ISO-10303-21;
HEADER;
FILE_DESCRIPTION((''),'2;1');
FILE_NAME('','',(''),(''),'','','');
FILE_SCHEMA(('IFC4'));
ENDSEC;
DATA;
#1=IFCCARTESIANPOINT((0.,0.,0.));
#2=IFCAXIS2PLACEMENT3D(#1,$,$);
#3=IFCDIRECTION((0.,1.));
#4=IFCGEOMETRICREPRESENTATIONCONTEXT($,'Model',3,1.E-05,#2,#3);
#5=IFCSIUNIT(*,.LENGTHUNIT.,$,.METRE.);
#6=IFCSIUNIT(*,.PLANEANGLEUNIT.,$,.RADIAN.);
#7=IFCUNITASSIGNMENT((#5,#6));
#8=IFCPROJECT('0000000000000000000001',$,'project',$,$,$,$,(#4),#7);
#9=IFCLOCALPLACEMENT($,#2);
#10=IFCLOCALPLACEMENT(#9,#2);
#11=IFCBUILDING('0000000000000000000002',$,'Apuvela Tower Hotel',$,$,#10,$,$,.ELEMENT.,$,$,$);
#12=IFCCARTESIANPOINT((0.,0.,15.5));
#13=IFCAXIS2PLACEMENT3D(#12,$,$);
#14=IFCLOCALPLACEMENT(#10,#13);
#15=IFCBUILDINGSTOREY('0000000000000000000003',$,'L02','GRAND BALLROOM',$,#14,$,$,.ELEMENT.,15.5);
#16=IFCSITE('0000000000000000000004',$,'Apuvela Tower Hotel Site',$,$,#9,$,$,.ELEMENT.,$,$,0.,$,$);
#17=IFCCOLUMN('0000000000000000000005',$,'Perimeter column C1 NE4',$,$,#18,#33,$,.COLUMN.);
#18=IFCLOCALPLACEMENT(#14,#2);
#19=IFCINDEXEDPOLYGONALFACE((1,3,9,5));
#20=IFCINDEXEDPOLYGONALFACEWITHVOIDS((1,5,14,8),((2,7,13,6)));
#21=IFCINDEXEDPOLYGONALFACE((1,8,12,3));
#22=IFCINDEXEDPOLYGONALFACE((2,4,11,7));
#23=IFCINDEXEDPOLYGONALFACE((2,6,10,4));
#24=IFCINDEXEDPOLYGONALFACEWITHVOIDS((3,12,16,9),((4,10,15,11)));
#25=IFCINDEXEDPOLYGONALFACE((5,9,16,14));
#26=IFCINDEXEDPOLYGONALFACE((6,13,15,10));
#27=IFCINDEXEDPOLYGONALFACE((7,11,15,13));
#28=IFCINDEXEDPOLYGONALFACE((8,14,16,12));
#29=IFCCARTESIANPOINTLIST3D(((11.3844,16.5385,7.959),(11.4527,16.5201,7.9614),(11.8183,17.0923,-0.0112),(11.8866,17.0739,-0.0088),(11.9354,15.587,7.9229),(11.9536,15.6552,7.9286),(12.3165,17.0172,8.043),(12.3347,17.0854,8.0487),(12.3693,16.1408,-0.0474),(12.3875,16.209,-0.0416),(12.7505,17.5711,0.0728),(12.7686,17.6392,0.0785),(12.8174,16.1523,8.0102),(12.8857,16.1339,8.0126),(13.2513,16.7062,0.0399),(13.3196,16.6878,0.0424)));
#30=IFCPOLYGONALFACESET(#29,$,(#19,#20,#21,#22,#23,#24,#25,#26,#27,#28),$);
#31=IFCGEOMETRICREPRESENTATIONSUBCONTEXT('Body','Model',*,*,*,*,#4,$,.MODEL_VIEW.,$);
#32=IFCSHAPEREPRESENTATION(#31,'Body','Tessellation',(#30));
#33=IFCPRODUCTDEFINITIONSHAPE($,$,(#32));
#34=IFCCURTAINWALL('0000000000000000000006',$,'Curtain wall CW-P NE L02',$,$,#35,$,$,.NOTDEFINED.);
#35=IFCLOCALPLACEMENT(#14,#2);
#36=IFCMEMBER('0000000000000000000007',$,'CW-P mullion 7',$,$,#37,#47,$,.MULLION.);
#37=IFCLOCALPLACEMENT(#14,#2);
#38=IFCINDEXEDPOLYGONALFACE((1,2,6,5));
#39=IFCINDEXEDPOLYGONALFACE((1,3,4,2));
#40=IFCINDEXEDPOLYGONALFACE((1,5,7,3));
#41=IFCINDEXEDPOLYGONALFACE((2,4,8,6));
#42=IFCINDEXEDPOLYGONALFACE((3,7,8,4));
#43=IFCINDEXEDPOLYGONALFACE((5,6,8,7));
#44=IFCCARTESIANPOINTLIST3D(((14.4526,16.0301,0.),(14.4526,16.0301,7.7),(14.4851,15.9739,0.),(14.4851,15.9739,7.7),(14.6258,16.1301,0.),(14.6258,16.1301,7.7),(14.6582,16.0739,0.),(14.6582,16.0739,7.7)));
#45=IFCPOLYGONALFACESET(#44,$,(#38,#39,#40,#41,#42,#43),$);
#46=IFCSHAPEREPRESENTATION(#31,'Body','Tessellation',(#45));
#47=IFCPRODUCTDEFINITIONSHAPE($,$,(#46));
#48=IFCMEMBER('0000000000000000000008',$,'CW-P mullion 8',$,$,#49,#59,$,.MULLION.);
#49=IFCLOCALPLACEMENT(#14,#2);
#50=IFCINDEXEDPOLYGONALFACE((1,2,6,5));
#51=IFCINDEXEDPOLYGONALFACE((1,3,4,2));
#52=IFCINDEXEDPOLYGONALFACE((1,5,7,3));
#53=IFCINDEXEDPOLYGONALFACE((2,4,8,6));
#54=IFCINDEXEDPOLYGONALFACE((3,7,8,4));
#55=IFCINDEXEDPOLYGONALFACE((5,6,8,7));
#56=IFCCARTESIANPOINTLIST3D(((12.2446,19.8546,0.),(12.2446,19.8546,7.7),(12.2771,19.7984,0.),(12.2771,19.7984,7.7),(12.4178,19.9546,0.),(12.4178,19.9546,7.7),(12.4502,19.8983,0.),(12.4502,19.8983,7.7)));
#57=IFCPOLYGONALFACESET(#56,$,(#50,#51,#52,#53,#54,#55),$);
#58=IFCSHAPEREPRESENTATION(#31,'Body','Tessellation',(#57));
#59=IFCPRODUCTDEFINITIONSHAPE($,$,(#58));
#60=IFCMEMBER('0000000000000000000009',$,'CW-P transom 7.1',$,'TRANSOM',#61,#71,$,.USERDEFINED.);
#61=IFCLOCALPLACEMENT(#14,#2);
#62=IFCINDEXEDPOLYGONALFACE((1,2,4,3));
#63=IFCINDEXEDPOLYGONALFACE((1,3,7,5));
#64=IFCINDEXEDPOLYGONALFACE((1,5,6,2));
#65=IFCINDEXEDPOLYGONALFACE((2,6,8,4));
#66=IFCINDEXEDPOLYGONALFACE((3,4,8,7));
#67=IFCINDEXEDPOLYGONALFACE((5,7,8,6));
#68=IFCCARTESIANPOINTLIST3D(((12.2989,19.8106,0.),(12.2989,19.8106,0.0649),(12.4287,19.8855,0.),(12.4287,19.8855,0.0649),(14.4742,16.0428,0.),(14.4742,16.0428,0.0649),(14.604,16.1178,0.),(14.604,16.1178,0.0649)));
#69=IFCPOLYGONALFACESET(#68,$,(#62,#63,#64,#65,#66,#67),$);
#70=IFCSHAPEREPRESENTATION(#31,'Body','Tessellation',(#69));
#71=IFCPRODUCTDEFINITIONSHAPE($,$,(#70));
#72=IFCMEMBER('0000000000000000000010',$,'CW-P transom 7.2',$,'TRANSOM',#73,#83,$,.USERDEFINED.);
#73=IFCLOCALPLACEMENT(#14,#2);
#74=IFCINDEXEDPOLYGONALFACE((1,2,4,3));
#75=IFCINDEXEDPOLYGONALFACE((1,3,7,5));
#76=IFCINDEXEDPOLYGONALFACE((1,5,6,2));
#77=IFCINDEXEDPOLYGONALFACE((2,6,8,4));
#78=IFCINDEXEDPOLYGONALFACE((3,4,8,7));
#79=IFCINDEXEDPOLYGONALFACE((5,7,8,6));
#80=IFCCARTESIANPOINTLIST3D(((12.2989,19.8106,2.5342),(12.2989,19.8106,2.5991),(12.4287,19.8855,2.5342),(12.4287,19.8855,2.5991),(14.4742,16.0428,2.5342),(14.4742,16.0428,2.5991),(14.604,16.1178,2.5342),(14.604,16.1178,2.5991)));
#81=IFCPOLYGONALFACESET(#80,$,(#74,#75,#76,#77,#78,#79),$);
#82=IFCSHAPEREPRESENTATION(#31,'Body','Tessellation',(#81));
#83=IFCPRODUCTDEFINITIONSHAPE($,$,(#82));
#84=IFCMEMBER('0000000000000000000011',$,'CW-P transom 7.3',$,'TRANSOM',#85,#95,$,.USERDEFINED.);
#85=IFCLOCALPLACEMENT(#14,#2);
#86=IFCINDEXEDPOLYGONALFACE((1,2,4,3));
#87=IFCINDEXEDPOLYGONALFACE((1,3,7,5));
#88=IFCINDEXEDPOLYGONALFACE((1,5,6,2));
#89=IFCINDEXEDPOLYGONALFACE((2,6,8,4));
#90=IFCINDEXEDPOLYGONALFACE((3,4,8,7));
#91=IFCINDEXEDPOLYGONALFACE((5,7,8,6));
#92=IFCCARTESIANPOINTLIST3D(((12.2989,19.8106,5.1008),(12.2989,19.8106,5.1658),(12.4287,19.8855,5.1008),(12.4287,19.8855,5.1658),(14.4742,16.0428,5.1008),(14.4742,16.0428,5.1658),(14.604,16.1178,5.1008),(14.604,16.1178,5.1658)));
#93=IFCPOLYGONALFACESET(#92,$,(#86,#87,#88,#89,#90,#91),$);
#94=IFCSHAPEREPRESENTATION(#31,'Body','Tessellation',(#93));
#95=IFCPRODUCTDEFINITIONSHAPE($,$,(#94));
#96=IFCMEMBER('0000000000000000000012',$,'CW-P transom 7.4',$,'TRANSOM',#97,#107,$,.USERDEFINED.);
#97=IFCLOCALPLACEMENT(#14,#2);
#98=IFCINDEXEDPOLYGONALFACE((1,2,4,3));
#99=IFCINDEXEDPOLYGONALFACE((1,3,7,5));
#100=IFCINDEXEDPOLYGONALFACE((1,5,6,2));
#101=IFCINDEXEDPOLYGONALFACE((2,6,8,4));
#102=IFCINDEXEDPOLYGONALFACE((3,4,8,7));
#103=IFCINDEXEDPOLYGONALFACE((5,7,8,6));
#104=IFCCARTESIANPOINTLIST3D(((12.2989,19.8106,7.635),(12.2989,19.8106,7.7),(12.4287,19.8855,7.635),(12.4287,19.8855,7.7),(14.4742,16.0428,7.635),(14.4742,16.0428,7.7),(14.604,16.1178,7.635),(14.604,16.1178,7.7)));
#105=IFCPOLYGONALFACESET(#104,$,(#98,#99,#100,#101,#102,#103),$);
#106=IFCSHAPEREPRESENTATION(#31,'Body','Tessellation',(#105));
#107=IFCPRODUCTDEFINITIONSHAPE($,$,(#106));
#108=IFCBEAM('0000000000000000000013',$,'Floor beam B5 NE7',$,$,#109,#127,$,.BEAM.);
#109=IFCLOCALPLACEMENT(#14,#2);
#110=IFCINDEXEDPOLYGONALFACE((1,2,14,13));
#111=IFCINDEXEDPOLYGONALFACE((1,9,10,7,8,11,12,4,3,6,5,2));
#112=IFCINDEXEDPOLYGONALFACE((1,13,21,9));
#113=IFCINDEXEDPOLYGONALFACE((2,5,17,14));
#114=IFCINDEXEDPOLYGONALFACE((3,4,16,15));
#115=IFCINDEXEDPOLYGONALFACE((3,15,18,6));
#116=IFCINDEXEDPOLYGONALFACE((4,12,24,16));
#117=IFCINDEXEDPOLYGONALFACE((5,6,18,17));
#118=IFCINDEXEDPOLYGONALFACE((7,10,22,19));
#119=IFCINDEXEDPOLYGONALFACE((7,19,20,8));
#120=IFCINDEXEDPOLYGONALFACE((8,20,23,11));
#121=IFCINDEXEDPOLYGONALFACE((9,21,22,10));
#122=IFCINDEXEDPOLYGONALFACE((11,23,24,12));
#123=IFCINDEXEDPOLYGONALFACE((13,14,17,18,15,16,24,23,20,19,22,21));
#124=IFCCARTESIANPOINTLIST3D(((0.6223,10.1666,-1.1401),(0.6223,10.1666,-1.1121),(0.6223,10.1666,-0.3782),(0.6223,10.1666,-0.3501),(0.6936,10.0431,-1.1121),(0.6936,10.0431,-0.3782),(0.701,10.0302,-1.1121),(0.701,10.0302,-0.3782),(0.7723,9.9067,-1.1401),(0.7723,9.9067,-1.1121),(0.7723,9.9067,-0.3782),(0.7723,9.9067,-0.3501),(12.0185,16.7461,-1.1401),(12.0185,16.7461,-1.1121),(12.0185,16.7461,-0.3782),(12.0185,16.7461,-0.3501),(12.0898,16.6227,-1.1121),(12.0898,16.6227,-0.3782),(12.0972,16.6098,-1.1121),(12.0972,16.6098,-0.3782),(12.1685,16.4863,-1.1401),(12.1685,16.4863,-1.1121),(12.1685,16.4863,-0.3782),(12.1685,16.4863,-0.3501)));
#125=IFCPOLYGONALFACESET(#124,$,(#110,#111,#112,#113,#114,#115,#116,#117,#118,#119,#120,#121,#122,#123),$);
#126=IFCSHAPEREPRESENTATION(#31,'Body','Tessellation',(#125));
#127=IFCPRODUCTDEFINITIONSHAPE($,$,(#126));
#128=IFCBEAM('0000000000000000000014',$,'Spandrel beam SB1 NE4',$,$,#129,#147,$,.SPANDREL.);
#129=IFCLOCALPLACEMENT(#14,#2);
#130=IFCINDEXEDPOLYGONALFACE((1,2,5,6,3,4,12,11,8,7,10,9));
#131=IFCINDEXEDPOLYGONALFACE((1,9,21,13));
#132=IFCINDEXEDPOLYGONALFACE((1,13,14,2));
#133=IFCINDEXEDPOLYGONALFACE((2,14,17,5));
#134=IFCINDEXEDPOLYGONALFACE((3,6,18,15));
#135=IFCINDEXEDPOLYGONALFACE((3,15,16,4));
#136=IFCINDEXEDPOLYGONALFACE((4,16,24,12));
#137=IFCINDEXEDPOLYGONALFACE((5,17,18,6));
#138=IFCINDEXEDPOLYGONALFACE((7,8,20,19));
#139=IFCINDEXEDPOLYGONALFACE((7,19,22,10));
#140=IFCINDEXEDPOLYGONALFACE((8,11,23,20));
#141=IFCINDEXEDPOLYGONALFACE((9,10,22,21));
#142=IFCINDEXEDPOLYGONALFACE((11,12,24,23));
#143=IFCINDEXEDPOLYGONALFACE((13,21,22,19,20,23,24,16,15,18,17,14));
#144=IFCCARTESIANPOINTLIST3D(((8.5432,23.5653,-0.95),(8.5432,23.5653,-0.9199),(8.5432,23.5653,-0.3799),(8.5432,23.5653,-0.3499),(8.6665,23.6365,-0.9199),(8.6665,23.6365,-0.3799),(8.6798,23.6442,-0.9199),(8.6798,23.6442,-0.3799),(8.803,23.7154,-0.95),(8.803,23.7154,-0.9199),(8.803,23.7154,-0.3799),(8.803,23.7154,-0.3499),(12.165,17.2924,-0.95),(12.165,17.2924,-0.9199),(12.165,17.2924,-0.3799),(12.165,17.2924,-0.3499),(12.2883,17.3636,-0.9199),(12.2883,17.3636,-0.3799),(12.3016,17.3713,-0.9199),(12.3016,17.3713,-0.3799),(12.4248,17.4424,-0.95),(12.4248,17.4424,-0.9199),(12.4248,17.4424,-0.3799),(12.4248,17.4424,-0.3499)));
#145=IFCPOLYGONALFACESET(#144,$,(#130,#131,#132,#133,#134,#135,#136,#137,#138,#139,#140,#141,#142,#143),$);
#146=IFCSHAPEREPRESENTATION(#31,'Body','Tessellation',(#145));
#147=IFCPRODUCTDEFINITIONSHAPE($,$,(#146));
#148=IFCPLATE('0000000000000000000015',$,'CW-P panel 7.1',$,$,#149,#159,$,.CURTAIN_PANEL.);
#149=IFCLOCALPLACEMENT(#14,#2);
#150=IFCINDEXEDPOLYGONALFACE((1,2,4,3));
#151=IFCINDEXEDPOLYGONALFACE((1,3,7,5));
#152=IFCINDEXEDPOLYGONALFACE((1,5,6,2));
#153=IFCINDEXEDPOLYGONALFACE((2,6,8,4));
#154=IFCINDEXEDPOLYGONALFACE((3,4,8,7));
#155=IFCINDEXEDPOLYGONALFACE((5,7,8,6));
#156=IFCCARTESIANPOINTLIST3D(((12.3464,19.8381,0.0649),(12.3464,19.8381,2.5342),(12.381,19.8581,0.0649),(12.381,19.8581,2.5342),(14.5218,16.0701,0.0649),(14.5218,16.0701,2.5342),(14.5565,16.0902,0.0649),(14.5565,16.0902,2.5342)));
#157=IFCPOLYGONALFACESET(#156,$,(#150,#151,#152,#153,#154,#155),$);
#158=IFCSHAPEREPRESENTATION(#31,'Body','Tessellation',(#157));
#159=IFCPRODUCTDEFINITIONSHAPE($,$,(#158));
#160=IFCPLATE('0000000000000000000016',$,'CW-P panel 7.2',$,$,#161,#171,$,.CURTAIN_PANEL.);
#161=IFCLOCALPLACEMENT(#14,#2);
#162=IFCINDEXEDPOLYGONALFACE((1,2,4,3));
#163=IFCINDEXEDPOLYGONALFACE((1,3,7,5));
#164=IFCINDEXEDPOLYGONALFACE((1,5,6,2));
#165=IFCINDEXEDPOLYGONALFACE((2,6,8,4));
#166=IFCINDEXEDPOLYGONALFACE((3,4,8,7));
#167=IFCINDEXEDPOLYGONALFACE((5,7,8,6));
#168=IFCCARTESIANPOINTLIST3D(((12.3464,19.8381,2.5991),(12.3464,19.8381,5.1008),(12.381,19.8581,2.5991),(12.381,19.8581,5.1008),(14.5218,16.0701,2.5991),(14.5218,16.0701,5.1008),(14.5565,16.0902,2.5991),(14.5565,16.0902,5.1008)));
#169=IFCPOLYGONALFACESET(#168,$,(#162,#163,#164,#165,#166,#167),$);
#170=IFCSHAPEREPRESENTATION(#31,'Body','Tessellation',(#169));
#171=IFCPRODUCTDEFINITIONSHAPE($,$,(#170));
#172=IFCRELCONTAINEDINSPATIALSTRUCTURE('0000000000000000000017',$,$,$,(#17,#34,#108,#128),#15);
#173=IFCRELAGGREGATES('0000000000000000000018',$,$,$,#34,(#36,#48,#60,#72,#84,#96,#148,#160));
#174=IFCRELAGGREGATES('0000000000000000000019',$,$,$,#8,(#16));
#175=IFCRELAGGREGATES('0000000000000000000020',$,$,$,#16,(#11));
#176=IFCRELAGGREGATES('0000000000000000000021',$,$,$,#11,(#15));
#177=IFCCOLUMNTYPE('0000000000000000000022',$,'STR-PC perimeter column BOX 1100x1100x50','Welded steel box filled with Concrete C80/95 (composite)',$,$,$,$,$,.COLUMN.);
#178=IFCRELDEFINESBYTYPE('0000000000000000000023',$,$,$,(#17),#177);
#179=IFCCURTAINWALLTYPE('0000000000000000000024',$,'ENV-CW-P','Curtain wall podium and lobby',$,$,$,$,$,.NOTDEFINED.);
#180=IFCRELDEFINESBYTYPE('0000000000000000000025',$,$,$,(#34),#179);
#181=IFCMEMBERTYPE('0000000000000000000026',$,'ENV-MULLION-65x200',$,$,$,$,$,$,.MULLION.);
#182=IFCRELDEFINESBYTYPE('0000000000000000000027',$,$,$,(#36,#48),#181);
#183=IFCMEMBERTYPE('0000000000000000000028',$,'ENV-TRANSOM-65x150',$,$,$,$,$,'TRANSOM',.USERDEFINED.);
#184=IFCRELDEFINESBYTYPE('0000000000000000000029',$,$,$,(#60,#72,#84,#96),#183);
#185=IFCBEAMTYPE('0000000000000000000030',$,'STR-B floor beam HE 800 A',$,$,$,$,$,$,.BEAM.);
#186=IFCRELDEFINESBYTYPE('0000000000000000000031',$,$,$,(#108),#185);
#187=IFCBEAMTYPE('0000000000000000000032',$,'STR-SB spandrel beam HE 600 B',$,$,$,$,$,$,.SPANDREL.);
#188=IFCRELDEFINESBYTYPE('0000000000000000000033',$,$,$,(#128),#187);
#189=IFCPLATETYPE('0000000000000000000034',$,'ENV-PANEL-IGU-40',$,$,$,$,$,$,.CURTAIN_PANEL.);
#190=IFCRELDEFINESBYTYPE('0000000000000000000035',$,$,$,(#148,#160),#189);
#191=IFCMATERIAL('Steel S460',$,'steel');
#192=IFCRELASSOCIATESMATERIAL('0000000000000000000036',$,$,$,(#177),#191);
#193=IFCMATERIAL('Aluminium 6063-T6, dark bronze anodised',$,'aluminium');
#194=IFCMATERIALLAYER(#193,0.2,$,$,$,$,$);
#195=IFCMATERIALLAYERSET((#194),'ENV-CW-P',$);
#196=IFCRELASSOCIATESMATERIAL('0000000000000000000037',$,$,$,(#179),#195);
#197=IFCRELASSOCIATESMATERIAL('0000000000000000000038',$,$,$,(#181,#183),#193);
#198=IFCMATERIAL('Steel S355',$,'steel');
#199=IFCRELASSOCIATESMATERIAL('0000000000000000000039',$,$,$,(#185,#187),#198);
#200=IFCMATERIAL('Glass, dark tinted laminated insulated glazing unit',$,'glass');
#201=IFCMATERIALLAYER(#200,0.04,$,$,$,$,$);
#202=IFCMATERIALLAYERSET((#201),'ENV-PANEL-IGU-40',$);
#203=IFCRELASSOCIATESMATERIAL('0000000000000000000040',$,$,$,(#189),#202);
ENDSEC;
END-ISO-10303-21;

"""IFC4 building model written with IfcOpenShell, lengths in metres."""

from ifc_helpers import new_model, si_unit, direction, frame, origin, origin_2d, place, context, subcontext, project, spatial, rectangle, hollow_rectangle, i_section, extrude, boolean, halfspace, material, layer, layer_set, material_profile, profile_set, type_object, element, aggregate, save


model = new_model("IFC4")

# Units and contexts
model_context = context("Model", 3, precision=1e-05, world=origin(), true_north=direction((0.0, 1.0)))
body_context = subcontext(model_context, "Body", "Model", "MODEL_VIEW")
ifc_project = project(units=[si_unit("LENGTHUNIT", "METRE"), si_unit("PLANEANGLEUNIT", "RADIAN")], contexts=[model_context])

# Site, building, storey
site_placement = place(None, origin())
site = spatial("IfcSite", under=ifc_project, at=site_placement, Name="Apuvela Tower Hotel Site", CompositionType="ELEMENT", RefElevation=0.0)
building_placement = place(site_placement, origin())
building = spatial("IfcBuilding", under=site, at=building_placement, Name="Apuvela Tower Hotel", CompositionType="ELEMENT")
storey_placement = place(building_placement, frame((0.0, 0.0, 15.5)))
storey = spatial("IfcBuildingStorey", under=building, at=storey_placement, Name="L02", Description="GRAND BALLROOM", CompositionType="ELEMENT", Elevation=15.5)

# Column
ifc_material_1 = material(Name="Steel S460", Category="steel")
ifc_material_profile_1 = material_profile(ifc_material_1, hollow_rectangle(XDim=1.1001, YDim=1.1001, WallThickness=0.05, at=origin_2d()), Name="BOX 1100x1100x50")
ifc_material_2 = material(Name="Concrete C80/95", Category="concrete")
ifc_material_profile_2 = material_profile(ifc_material_2, rectangle(XDim=1.0, YDim=1.0, at=origin_2d()), Name="Concrete C80/95 infill")
ifc_profile_set_1 = profile_set([ifc_material_profile_1, ifc_material_profile_2], Name="Steel S460")
column_type = type_object("IfcColumnType", Name="STR-PC perimeter column BOX 1100x1100x50", Description="Welded steel box filled with Concrete C80/95 (composite)", PredefinedType="COLUMN", material=ifc_profile_set_1)
column_placement = place(storey_placement, frame((12.5698, 16.8911, 0.0), z_axis=(-0.054232, -0.069219, 0.996126), x_axis=(-0.500873, 0.864898, 0.032831)))
element("IfcColumn", 1, at=column_placement, inside=storey, type_object=column_type, Name="Perimeter column C1 NE4", PredefinedType="COLUMN", context=body_context, shape_type="SweptSolid", body=[
    boolean("DIFFERENCE", boolean("DIFFERENCE", extrude(hollow_rectangle(XDim=1.1001, YDim=1.1001, WallThickness=0.05, at=origin_2d()), origin(), (0.0, 0.0, 1.0), 8.031), halfspace(frame((0.0, 0.0, 0.0156), z_axis=(0.0, 0.0, 1.0), x_axis=(1.0, 0.0, 0.0)), True)), halfspace(frame((0.0, 0.0, 8.0168), z_axis=(0.0, 0.0, 1.0), x_axis=(1.0, 0.0, 0.0)), False)),
])

# Curtain wall, members
ifc_material_3 = material(Name="Aluminium 6063-T6, dark bronze anodised", Category="aluminium")
ifc_layer_1 = layer(ifc_material_3, 0.2)
ifc_layer_set_1 = layer_set([ifc_layer_1], Name="ENV-CW-P")
curtain_wall_type = type_object("IfcCurtainWallType", Name="ENV-CW-P", Description="Curtain wall podium and lobby", PredefinedType="NOTDEFINED", material=ifc_layer_set_1)
curtain_wall_placement = place(storey_placement, origin())
curtain_wall = element("IfcCurtainWall", 2, at=curtain_wall_placement, inside=storey, type_object=curtain_wall_type, Name="Curtain wall CW-P NE L02", PredefinedType="NOTDEFINED")
ifc_material_profile_3 = material_profile(ifc_material_3, rectangle(XDim=0.2, YDim=0.0649, at=origin_2d()), Name="AL 65x200")
ifc_profile_set_2 = profile_set([ifc_material_profile_3], Name="Aluminium 6063-T6, dark bronze anodised")
member_type_1 = type_object("IfcMemberType", Name="ENV-MULLION-65x200", PredefinedType="MULLION", material=ifc_profile_set_2)
member_1_placement = place(storey_placement, frame((14.5554, 16.052, 0.0), z_axis=(0.0, 0.0, 1.0), x_axis=(-0.866025, -0.500001, 0.0)))
member_1 = element("IfcMember", 3, at=member_1_placement, type_object=member_type_1, Name="CW-P mullion 7", PredefinedType="MULLION", context=body_context, shape_type="SweptSolid", body=[
    extrude(rectangle(XDim=0.2, YDim=0.0649, at=origin_2d()), origin(), (0.0, 0.0, 1.0), 7.7),
])
member_2_placement = place(storey_placement, frame((12.3474, 19.8765, 0.0), z_axis=(0.0, 0.0, 1.0), x_axis=(-0.866025, -0.500001, 0.0)))
member_2 = element("IfcMember", 4, at=member_2_placement, type_object=member_type_1, Name="CW-P mullion 8", PredefinedType="MULLION", context=body_context, shape_type="SweptSolid", body=[
    extrude(rectangle(XDim=0.2, YDim=0.0649, at=origin_2d()), origin(), (0.0, 0.0, 1.0), 7.7),
])
ifc_material_profile_4 = material_profile(ifc_material_3, rectangle(XDim=0.1499, YDim=0.0649, at=origin_2d()), Name="AL 65x150 transom")
ifc_profile_set_3 = profile_set([ifc_material_profile_4], Name="Aluminium 6063-T6, dark bronze anodised")
member_type_2 = type_object("IfcMemberType", Name="ENV-TRANSOM-65x150", ElementType="TRANSOM", PredefinedType="USERDEFINED", material=ifc_profile_set_3)
member_3_placement = place(storey_placement, frame((14.5391, 16.0803, 0.0325), z_axis=(-0.49999, 0.866031, 0.0), x_axis=(-0.866031, -0.49999, 0.0)))
member_3 = element("IfcMember", 5, at=member_3_placement, type_object=member_type_2, Name="CW-P transom 7.1", ObjectType="TRANSOM", PredefinedType="USERDEFINED", context=body_context, shape_type="SweptSolid", body=[
    extrude(rectangle(XDim=0.1499, YDim=0.0649, at=origin_2d()), origin(), (0.0, 0.0, 1.0), 4.3506),
])
member_4_placement = place(storey_placement, frame((14.5391, 16.0803, 2.5667), z_axis=(-0.49999, 0.866031, 0.0), x_axis=(-0.866031, -0.49999, 0.0)))
member_4 = element("IfcMember", 6, at=member_4_placement, type_object=member_type_2, Name="CW-P transom 7.2", ObjectType="TRANSOM", PredefinedType="USERDEFINED", context=body_context, shape_type="SweptSolid", body=[
    extrude(rectangle(XDim=0.1499, YDim=0.0649, at=origin_2d()), origin(), (0.0, 0.0, 1.0), 4.3506),
])
member_5_placement = place(storey_placement, frame((14.5391, 16.0803, 5.1333), z_axis=(-0.49999, 0.866031, 0.0), x_axis=(-0.866031, -0.49999, 0.0)))
member_5 = element("IfcMember", 7, at=member_5_placement, type_object=member_type_2, Name="CW-P transom 7.3", ObjectType="TRANSOM", PredefinedType="USERDEFINED", context=body_context, shape_type="SweptSolid", body=[
    extrude(rectangle(XDim=0.1499, YDim=0.0649, at=origin_2d()), origin(), (0.0, 0.0, 1.0), 4.3506),
])
member_6_placement = place(storey_placement, frame((14.5391, 16.0803, 7.6675), z_axis=(-0.49999, 0.866031, 0.0), x_axis=(-0.866031, -0.49999, 0.0)))
member_6 = element("IfcMember", 8, at=member_6_placement, type_object=member_type_2, Name="CW-P transom 7.4", ObjectType="TRANSOM", PredefinedType="USERDEFINED", context=body_context, shape_type="SweptSolid", body=[
    extrude(rectangle(XDim=0.1499, YDim=0.0649, at=origin_2d()), origin(), (0.0, 0.0, 1.0), 4.3506),
])

# Beams
ifc_material_4 = material(Name="Steel S355", Category="steel")
ifc_material_profile_5 = material_profile(ifc_material_4, i_section(OverallWidth=0.3, OverallDepth=0.79, WebThickness=0.0149, FlangeThickness=0.0281, at=origin_2d()), Name="HE 800 A")
ifc_profile_set_4 = profile_set([ifc_material_profile_5], Name="Steel S355")
beam_type_1 = type_object("IfcBeamType", Name="STR-B floor beam HE 800 A", PredefinedType="BEAM", material=ifc_profile_set_4)
beam_1_placement = place(storey_placement, frame((12.0935, 16.6162, -0.7451), z_axis=(-0.866026, -0.499998, 0.0), x_axis=(0.499998, -0.866026, 0.0)))
element("IfcBeam", 9, at=beam_1_placement, inside=storey, type_object=beam_type_1, Name="Floor beam B5 NE7", PredefinedType="BEAM", context=body_context, shape_type="SweptSolid", body=[
    extrude(i_section(OverallWidth=0.3, OverallDepth=0.79, WebThickness=0.0149, FlangeThickness=0.0281, at=origin_2d()), origin(), (0.0, 0.0, 1.0), 13.1592),
])
ifc_material_profile_6 = material_profile(ifc_material_4, i_section(OverallWidth=0.3, OverallDepth=0.6001, WebThickness=0.0154, FlangeThickness=0.03, at=origin_2d()), Name="HE 600 B")
ifc_profile_set_5 = profile_set([ifc_material_profile_6], Name="Steel S355")
beam_type_2 = type_object("IfcBeamType", Name="STR-SB spandrel beam HE 600 B", PredefinedType="SPANDREL", material=ifc_profile_set_5)
beam_2_placement = place(storey_placement, frame((12.2949, 17.3674, -0.6499), z_axis=(-0.500014, 0.866017, 0.0), x_axis=(-0.866017, -0.500014, 0.0)))
element("IfcBeam", 10, at=beam_2_placement, inside=storey, type_object=beam_type_2, Name="Spandrel beam SB1 NE4", PredefinedType="SPANDREL", context=body_context, shape_type="SweptSolid", body=[
    extrude(i_section(OverallWidth=0.3, OverallDepth=0.6001, WebThickness=0.0154, FlangeThickness=0.03, at=origin_2d()), origin(), (0.0, 0.0, 1.0), 7.2434),
])

# Plates
ifc_material_5 = material(Name="Glass, dark tinted laminated insulated glazing unit", Category="glass")
ifc_layer_2 = layer(ifc_material_5, 0.04)
ifc_layer_set_2 = layer_set([ifc_layer_2], Name="ENV-PANEL-IGU-40")
plate_type = type_object("IfcPlateType", Name="ENV-PANEL-IGU-40", PredefinedType="CURTAIN_PANEL", material=ifc_layer_set_2)
plate_1_placement = place(storey_placement, frame((13.4514, 17.9641, 0.0649), z_axis=(0.0, 0.0, 1.0), x_axis=(-0.500001, 0.866025, 0.0)))
plate_1 = element("IfcPlate", 11, at=plate_1_placement, type_object=plate_type, Name="CW-P panel 7.1", PredefinedType="CURTAIN_PANEL", context=body_context, shape_type="SweptSolid", body=[
    extrude(rectangle(XDim=4.3508, YDim=0.04, at=origin_2d()), origin(), (0.0, 0.0, 1.0), 2.4692),
])
plate_2_placement = place(storey_placement, frame((13.4514, 17.9641, 2.5991), z_axis=(0.0, 0.0, 1.0), x_axis=(-0.500001, 0.866025, 0.0)))
plate_2 = element("IfcPlate", 12, at=plate_2_placement, type_object=plate_type, Name="CW-P panel 7.2", PredefinedType="CURTAIN_PANEL", context=body_context, shape_type="SweptSolid", body=[
    extrude(rectangle(XDim=4.3508, YDim=0.04, at=origin_2d()), origin(), (0.0, 0.0, 1.0), 2.5017),
])
aggregate(curtain_wall, [member_1, member_2, member_3, member_4, member_5, member_6, plate_1, plate_2])

save(model, "model.ifc")
